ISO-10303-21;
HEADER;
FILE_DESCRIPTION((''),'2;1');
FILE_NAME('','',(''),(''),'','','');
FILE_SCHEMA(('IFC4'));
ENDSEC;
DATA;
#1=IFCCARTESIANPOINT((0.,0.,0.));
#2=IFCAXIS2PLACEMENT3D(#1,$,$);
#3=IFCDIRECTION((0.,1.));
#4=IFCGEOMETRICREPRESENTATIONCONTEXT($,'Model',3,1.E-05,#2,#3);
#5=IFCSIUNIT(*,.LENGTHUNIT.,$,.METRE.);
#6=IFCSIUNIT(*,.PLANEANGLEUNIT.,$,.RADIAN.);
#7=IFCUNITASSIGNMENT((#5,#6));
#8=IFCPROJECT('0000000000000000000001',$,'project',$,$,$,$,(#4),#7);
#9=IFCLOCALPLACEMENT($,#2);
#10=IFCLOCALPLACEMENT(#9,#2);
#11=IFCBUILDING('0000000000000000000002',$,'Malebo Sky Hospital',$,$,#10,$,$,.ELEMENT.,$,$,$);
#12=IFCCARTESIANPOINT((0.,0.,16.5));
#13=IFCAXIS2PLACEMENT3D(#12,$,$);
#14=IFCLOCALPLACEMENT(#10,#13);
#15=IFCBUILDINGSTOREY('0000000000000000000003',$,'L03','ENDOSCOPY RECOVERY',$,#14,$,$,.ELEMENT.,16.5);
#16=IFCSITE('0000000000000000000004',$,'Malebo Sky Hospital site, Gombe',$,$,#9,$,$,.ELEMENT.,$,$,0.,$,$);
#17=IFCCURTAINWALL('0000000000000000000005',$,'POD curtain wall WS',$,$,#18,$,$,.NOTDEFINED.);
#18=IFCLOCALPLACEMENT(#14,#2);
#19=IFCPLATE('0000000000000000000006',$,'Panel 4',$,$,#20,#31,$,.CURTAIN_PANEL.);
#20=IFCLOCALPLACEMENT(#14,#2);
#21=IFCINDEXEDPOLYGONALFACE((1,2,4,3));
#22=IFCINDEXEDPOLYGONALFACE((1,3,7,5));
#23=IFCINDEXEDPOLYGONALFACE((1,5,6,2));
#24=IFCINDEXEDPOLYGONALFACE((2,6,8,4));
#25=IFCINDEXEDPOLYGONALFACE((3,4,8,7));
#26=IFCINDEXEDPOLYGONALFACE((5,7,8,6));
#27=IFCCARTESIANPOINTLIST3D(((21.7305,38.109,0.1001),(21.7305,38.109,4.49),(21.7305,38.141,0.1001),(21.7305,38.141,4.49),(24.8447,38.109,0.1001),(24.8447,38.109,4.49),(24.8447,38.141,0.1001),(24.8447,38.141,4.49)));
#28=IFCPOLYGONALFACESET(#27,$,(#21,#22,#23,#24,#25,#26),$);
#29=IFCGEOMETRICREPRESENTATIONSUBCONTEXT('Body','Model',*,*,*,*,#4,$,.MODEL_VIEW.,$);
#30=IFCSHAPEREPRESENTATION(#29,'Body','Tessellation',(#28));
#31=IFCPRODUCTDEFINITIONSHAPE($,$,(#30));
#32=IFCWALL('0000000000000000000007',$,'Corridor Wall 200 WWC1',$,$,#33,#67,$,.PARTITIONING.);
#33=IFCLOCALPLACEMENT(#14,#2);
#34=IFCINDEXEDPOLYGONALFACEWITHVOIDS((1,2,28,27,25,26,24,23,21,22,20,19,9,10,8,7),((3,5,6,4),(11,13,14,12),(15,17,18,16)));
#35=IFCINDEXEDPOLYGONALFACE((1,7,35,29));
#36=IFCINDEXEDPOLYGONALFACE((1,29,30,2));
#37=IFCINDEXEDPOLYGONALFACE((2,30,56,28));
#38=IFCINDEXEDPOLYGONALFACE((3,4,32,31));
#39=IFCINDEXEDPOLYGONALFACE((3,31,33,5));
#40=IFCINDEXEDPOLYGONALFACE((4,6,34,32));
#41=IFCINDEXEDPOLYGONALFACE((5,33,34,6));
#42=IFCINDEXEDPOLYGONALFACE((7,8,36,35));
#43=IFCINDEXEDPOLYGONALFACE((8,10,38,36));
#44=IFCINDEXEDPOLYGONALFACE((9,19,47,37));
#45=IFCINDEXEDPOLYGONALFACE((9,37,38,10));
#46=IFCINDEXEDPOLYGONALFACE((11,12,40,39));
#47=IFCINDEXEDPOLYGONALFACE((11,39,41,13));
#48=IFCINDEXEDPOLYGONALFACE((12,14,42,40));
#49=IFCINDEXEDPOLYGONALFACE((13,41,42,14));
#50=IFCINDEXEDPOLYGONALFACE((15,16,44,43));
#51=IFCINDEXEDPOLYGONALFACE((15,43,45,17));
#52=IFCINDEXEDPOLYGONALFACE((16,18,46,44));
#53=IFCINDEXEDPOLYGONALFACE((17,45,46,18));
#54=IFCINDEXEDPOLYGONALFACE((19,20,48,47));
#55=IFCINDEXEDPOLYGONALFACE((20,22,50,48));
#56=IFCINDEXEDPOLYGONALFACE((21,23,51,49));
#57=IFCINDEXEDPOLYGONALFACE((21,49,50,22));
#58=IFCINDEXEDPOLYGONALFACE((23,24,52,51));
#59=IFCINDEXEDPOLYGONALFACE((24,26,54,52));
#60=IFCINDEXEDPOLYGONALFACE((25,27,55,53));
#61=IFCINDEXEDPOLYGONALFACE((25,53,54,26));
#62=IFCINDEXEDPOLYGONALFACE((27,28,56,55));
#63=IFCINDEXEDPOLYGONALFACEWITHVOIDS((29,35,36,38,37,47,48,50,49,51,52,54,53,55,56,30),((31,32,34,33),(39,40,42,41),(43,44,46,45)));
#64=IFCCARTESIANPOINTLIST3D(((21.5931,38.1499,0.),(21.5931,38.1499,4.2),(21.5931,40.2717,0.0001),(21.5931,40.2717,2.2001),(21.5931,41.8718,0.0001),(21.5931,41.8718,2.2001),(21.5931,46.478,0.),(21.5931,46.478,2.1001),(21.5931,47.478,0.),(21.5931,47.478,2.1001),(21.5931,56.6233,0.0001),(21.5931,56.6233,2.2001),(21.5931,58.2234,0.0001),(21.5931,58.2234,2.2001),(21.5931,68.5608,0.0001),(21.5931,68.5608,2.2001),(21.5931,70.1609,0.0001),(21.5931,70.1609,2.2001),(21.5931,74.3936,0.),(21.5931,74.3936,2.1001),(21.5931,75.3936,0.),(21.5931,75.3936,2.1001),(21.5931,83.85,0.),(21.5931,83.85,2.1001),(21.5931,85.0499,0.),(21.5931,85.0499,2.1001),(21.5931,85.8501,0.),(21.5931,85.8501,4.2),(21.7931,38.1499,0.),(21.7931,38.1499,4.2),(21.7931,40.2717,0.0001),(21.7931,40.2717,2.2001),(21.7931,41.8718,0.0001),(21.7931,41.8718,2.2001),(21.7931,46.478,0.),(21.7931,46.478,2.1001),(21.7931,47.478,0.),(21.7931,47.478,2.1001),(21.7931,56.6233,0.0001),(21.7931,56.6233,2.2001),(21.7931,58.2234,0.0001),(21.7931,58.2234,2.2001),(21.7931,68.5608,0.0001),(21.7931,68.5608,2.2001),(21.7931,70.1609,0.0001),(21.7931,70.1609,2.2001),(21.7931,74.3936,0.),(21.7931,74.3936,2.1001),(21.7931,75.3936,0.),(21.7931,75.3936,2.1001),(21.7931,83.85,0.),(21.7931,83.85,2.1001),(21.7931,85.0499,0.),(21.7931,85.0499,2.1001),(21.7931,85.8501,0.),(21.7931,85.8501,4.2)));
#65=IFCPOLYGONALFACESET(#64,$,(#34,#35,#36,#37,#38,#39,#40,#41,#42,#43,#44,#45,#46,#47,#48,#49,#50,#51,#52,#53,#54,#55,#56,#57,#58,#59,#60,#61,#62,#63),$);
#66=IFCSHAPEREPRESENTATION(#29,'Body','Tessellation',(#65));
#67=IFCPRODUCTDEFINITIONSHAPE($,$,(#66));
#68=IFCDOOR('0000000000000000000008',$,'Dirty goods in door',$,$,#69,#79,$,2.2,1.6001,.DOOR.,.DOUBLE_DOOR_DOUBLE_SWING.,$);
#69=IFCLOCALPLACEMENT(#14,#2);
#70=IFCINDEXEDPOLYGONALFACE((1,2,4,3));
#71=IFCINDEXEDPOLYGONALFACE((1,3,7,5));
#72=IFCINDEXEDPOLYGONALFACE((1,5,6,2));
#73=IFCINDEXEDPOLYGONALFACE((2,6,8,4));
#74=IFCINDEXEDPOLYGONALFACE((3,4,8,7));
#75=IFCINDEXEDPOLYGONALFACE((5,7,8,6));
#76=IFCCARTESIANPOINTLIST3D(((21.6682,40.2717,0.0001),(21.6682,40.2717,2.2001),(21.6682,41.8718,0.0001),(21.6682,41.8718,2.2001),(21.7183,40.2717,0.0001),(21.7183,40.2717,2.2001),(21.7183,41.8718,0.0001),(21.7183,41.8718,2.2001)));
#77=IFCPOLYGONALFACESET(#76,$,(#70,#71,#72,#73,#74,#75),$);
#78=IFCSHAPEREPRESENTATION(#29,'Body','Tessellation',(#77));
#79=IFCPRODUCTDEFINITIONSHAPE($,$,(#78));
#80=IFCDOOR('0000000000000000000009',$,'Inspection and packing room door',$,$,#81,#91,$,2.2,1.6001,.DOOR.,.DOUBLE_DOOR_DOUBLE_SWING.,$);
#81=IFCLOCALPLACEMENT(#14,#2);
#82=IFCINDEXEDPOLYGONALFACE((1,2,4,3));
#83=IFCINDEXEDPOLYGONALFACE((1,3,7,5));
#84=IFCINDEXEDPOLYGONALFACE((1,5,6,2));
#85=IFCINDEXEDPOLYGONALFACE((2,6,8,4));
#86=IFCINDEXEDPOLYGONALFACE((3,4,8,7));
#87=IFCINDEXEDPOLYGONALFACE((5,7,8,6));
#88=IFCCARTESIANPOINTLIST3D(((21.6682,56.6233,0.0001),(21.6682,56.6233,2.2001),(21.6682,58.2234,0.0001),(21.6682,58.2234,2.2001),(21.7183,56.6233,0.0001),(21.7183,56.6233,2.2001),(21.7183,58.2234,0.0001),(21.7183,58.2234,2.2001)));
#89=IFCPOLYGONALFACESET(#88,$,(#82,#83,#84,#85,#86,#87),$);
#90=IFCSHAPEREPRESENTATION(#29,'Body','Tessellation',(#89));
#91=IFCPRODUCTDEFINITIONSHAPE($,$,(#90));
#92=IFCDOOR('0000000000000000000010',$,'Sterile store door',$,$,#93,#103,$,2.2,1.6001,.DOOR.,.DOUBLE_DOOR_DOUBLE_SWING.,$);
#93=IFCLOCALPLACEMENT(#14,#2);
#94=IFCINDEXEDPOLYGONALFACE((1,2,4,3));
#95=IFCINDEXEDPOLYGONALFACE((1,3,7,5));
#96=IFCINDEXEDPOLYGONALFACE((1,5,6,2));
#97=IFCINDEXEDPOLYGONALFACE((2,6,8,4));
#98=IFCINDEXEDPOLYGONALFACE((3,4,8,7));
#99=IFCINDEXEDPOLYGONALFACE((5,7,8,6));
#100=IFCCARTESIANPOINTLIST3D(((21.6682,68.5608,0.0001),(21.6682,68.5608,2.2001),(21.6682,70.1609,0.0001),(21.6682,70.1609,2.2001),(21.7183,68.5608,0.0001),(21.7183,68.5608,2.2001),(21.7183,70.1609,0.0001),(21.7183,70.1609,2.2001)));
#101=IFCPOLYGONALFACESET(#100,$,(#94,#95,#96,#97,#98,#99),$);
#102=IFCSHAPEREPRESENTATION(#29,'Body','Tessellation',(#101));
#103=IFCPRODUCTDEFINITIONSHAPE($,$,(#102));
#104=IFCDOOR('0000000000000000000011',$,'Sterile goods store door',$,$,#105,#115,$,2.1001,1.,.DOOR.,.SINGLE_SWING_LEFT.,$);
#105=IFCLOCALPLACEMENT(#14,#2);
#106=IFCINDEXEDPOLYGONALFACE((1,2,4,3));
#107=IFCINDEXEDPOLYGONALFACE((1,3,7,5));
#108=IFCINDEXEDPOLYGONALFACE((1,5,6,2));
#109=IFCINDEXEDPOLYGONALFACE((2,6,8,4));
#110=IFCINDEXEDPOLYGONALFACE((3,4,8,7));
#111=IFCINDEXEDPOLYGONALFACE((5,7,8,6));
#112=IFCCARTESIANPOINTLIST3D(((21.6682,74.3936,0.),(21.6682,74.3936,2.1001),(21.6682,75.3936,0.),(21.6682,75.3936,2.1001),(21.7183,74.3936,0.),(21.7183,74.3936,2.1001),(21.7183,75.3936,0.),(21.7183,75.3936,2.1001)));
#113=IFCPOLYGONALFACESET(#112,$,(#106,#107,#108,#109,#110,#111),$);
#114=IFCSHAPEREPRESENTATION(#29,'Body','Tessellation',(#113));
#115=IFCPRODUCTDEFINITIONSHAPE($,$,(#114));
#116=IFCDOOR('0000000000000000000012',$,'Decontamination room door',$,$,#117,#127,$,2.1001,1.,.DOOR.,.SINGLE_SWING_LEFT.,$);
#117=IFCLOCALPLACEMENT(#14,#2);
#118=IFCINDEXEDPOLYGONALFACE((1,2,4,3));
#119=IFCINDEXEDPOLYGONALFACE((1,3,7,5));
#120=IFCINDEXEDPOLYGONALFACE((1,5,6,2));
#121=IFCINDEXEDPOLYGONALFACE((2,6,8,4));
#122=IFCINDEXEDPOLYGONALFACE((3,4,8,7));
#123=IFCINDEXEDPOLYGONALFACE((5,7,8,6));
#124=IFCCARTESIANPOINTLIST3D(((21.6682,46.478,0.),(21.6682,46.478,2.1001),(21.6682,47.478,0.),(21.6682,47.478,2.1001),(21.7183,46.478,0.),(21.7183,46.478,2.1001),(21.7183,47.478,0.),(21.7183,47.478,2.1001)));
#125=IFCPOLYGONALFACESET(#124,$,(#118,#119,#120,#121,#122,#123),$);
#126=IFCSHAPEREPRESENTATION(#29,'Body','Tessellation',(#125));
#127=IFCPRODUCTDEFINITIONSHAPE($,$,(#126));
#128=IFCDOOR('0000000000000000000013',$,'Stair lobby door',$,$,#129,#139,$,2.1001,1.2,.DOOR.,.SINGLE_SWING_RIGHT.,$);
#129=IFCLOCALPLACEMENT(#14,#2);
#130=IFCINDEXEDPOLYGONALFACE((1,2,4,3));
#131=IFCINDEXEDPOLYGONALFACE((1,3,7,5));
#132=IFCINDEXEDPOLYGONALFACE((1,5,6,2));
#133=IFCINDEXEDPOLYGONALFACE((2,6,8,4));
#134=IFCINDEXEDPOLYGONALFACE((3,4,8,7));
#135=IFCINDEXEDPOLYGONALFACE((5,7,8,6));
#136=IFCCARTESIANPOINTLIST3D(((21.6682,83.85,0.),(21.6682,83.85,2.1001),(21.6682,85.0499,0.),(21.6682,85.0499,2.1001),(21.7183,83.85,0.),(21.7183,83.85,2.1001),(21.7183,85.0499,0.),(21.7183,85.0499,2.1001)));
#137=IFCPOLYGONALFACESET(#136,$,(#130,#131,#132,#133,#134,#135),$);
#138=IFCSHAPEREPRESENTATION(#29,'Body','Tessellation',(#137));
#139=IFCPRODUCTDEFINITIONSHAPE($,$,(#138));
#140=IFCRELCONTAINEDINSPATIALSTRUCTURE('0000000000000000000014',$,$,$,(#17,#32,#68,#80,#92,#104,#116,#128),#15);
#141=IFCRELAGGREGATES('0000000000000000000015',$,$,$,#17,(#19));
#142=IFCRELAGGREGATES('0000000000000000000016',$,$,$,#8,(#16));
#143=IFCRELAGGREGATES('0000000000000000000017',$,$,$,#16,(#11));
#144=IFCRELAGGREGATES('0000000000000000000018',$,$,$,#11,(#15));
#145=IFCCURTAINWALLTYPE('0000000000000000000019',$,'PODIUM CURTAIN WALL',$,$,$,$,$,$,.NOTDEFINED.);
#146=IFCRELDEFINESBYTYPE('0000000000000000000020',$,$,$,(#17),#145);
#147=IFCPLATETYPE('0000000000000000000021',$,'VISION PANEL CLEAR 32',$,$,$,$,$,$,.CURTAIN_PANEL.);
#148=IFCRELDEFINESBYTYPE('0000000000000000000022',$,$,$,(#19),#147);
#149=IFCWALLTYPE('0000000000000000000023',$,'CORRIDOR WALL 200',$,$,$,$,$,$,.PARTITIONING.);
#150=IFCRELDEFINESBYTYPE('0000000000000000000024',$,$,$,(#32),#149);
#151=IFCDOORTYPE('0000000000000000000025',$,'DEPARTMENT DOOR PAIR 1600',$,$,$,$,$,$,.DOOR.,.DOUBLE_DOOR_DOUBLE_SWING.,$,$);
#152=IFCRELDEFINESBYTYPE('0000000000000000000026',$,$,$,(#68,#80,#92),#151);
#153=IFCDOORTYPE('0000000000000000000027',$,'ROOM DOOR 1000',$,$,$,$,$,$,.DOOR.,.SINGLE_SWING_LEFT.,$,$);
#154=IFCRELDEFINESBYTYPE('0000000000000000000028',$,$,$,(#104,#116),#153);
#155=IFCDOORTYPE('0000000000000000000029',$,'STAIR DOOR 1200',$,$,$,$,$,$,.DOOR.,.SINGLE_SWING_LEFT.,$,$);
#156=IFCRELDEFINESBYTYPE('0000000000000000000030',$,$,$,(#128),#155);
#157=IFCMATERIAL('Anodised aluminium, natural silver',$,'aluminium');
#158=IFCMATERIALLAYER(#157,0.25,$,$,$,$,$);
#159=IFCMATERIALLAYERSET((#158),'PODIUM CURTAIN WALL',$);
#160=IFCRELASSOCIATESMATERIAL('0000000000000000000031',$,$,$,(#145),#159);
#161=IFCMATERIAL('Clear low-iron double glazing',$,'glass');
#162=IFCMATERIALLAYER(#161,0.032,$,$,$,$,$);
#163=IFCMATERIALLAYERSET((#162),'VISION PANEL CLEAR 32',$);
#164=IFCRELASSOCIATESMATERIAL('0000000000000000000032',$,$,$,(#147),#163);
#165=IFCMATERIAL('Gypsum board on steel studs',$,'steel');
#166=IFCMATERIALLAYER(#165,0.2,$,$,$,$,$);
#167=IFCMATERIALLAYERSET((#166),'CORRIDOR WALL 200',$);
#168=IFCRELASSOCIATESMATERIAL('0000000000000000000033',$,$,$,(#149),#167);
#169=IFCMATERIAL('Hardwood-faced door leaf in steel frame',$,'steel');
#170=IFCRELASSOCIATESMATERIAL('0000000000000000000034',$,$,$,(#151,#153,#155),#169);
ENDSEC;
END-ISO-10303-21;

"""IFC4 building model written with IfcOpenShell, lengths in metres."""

from ifc_helpers import new_model, si_unit, direction, frame, frame_2d, origin, origin_2d, place, context, subcontext, project, spatial, rectangle, extrude, material, layer, layer_set, type_object, element, fill, aggregate, save


model = new_model("IFC4")

# Units and contexts
model_context = context("Model", 3, precision=1e-05, world=origin(), true_north=direction((0.0, 1.0)))
body_context = subcontext(model_context, "Body", "Model", "MODEL_VIEW")
ifc_project = project(units=[si_unit("LENGTHUNIT", "METRE"), si_unit("PLANEANGLEUNIT", "RADIAN")], contexts=[model_context])

# Site, building, storey
site_placement = place(None, origin())
site = spatial("IfcSite", under=ifc_project, at=site_placement, Name="Malebo Sky Hospital site, Gombe", CompositionType="ELEMENT", RefElevation=0.0)
building_placement = place(site_placement, origin())
building = spatial("IfcBuilding", under=site, at=building_placement, Name="Malebo Sky Hospital", CompositionType="ELEMENT")
storey_placement = place(building_placement, frame((0.0, 0.0, 16.5)))
storey = spatial("IfcBuildingStorey", under=building, at=storey_placement, Name="L03", Description="ENDOSCOPY RECOVERY", CompositionType="ELEMENT", Elevation=16.5)

# Curtain wall
ifc_material_1 = material(Name="Anodised aluminium, natural silver", Category="aluminium")
ifc_layer_1 = layer(ifc_material_1, 0.25)
ifc_layer_set_1 = layer_set([ifc_layer_1], Name="PODIUM CURTAIN WALL")
curtain_wall_type = type_object("IfcCurtainWallType", Name="PODIUM CURTAIN WALL", PredefinedType="NOTDEFINED", material=ifc_layer_set_1)
curtain_wall_1_placement = place(storey_placement, origin())
curtain_wall_1 = element("IfcCurtainWall", 1, at=curtain_wall_1_placement, inside=storey, type_object=curtain_wall_type, Name="POD curtain wall WS", PredefinedType="NOTDEFINED")

# Plate
ifc_material_2 = material(Name="Clear low-iron double glazing", Category="glass")
ifc_layer_2 = layer(ifc_material_2, 0.032)
ifc_layer_set_2 = layer_set([ifc_layer_2], Name="VISION PANEL CLEAR 32")
plate_type = type_object("IfcPlateType", Name="VISION PANEL CLEAR 32", PredefinedType="CURTAIN_PANEL", material=ifc_layer_set_2)
plate_1_placement = place(storey_placement, frame((23.2876, 38.125, 0.1001), z_axis=(0.0, 0.0, 1.0), x_axis=(1.0, 0.0, 0.0)))
plate_1 = element("IfcPlate", 2, at=plate_1_placement, type_object=plate_type, Name="Panel 4", PredefinedType="CURTAIN_PANEL", context=body_context, shape_type="SweptSolid", body=[
    extrude(rectangle(XDim=3.1143, YDim=0.032, at=origin_2d()), origin(), (0.0, 0.0, 1.0), 4.3899),
])
aggregate(curtain_wall_1, [plate_1])

# Wall, openings, doors
ifc_material_3 = material(Name="Gypsum board on steel studs", Category="steel")
ifc_layer_3 = layer(ifc_material_3, 0.2)
ifc_layer_set_3 = layer_set([ifc_layer_3], Name="CORRIDOR WALL 200")
wall_type = type_object("IfcWallType", Name="CORRIDOR WALL 200", PredefinedType="PARTITIONING", material=ifc_layer_set_3)
wall_placement = place(storey_placement, frame((21.6931, 38.1499, 0.0), z_axis=(0.0, 0.0, 1.0), x_axis=(0.0, 1.0, 0.0)))
wall = element("IfcWall", 3, at=wall_placement, inside=storey, type_object=wall_type, Name="Corridor Wall 200 WWC1", PredefinedType="PARTITIONING", context=body_context, shape_type="SweptSolid", body=[
    extrude(rectangle(XDim=47.7002, YDim=0.2, at=frame_2d((23.8501, 0.0))), origin(), (0.0, 0.0, 1.0), 4.2),
])
opening_1_placement = place(wall_placement, frame((45.7, 0.0, 0.0)))
opening_1 = element("IfcOpeningElement", 4, at=opening_1_placement, cuts=wall, PredefinedType="OPENING", context=body_context, shape_type="SweptSolid", body=[
    extrude(rectangle(XDim=1.2, YDim=2.1001, at=frame_2d((0.6001, 1.05))), frame((0.0, 0.1099, 0.0), z_axis=(0.0, -1.0, 0.0), x_axis=(1.0, 0.0, 0.0)), (0.0, 0.0, 1.0), 0.22),
])
opening_2_placement = place(wall_placement, frame((36.2437, 0.0, 0.0)))
opening_2 = element("IfcOpeningElement", 5, at=opening_2_placement, cuts=wall, PredefinedType="OPENING", context=body_context, shape_type="SweptSolid", body=[
    extrude(rectangle(XDim=1.0, YDim=2.1001, at=frame_2d((0.5, 1.05))), frame((0.0, 0.1099, 0.0), z_axis=(0.0, -1.0, 0.0), x_axis=(1.0, 0.0, 0.0)), (0.0, 0.0, 1.0), 0.22),
])
opening_3_placement = place(wall_placement, frame((2.1218, 0.0, 0.0)))
opening_3 = element("IfcOpeningElement", 6, at=opening_3_placement, cuts=wall, PredefinedType="OPENING", context=body_context, shape_type="SweptSolid", body=[
    extrude(rectangle(XDim=1.6001, YDim=2.2, at=frame_2d((0.8, 1.1001))), frame((0.0, 0.1099, 0.0), z_axis=(0.0, -1.0, 0.0), x_axis=(1.0, 0.0, 0.0)), (0.0, 0.0, 1.0), 0.22),
])
opening_4_placement = place(wall_placement, frame((8.3281, 0.0, 0.0)))
opening_4 = element("IfcOpeningElement", 7, at=opening_4_placement, cuts=wall, PredefinedType="OPENING", context=body_context, shape_type="SweptSolid", body=[
    extrude(rectangle(XDim=1.0, YDim=2.1001, at=frame_2d((0.5, 1.05))), frame((0.0, 0.1099, 0.0), z_axis=(0.0, -1.0, 0.0), x_axis=(1.0, 0.0, 0.0)), (0.0, 0.0, 1.0), 0.22),
])
opening_5_placement = place(wall_placement, frame((18.4734, 0.0, 0.0)))
opening_5 = element("IfcOpeningElement", 8, at=opening_5_placement, cuts=wall, PredefinedType="OPENING", context=body_context, shape_type="SweptSolid", body=[
    extrude(rectangle(XDim=1.6001, YDim=2.2, at=frame_2d((0.8, 1.1001))), frame((0.0, 0.1099, 0.0), z_axis=(0.0, -1.0, 0.0), x_axis=(1.0, 0.0, 0.0)), (0.0, 0.0, 1.0), 0.22),
])
opening_6_placement = place(wall_placement, frame((30.4109, 0.0, 0.0)))
opening_6 = element("IfcOpeningElement", 9, at=opening_6_placement, cuts=wall, PredefinedType="OPENING", context=body_context, shape_type="SweptSolid", body=[
    extrude(rectangle(XDim=1.6001, YDim=2.2, at=frame_2d((0.8, 1.1001))), frame((0.0, 0.1099, 0.0), z_axis=(0.0, -1.0, 0.0), x_axis=(1.0, 0.0, 0.0)), (0.0, 0.0, 1.0), 0.22),
])
ifc_material_4 = material(Name="Hardwood-faced door leaf in steel frame", Category="steel")
door_type_1 = type_object("IfcDoorType", Name="DEPARTMENT DOOR PAIR 1600", OperationType="DOUBLE_DOOR_DOUBLE_SWING", PredefinedType="DOOR", material=ifc_material_4)
door_1_placement = place(opening_3_placement, origin())
door_1 = element("IfcDoor", 10, at=door_1_placement, inside=storey, type_object=door_type_1, Name="Dirty goods in door", OperationType="DOUBLE_DOOR_DOUBLE_SWING", OverallHeight=2.2, OverallWidth=1.6001, PredefinedType="DOOR", context=body_context, shape_type="SweptSolid", body=[
    extrude(rectangle(XDim=1.6001, YDim=2.2, at=frame_2d((0.8, 1.1001))), frame((0.0, 0.0249, 0.0), z_axis=(0.0, -1.0, 0.0), x_axis=(1.0, 0.0, 0.0)), (0.0, 0.0, 1.0), 0.05),
])
fill(opening_3, door_1)
door_2_placement = place(opening_5_placement, origin())
door_2 = element("IfcDoor", 11, at=door_2_placement, inside=storey, type_object=door_type_1, Name="Inspection and packing room door", OperationType="DOUBLE_DOOR_DOUBLE_SWING", OverallHeight=2.2, OverallWidth=1.6001, PredefinedType="DOOR", context=body_context, shape_type="SweptSolid", body=[
    extrude(rectangle(XDim=1.6001, YDim=2.2, at=frame_2d((0.8, 1.1001))), frame((0.0, 0.0249, 0.0), z_axis=(0.0, -1.0, 0.0), x_axis=(1.0, 0.0, 0.0)), (0.0, 0.0, 1.0), 0.05),
])
fill(opening_5, door_2)
door_3_placement = place(opening_6_placement, origin())
door_3 = element("IfcDoor", 12, at=door_3_placement, inside=storey, type_object=door_type_1, Name="Sterile store door", OperationType="DOUBLE_DOOR_DOUBLE_SWING", OverallHeight=2.2, OverallWidth=1.6001, PredefinedType="DOOR", context=body_context, shape_type="SweptSolid", body=[
    extrude(rectangle(XDim=1.6001, YDim=2.2, at=frame_2d((0.8, 1.1001))), frame((0.0, 0.0249, 0.0), z_axis=(0.0, -1.0, 0.0), x_axis=(1.0, 0.0, 0.0)), (0.0, 0.0, 1.0), 0.05),
])
fill(opening_6, door_3)
door_type_2 = type_object("IfcDoorType", Name="ROOM DOOR 1000", OperationType="SINGLE_SWING_LEFT", PredefinedType="DOOR", material=ifc_material_4)
door_4_placement = place(opening_2_placement, origin())
door_4 = element("IfcDoor", 13, at=door_4_placement, inside=storey, type_object=door_type_2, Name="Sterile goods store door", OperationType="SINGLE_SWING_LEFT", OverallHeight=2.1001, OverallWidth=1.0, PredefinedType="DOOR", context=body_context, shape_type="SweptSolid", body=[
    extrude(rectangle(XDim=1.0, YDim=2.1001, at=frame_2d((0.5, 1.05))), frame((0.0, 0.0249, 0.0), z_axis=(0.0, -1.0, 0.0), x_axis=(1.0, 0.0, 0.0)), (0.0, 0.0, 1.0), 0.05),
])
fill(opening_2, door_4)
door_5_placement = place(opening_4_placement, origin())
door_5 = element("IfcDoor", 14, at=door_5_placement, inside=storey, type_object=door_type_2, Name="Decontamination room door", OperationType="SINGLE_SWING_LEFT", OverallHeight=2.1001, OverallWidth=1.0, PredefinedType="DOOR", context=body_context, shape_type="SweptSolid", body=[
    extrude(rectangle(XDim=1.0, YDim=2.1001, at=frame_2d((0.5, 1.05))), frame((0.0, 0.0249, 0.0), z_axis=(0.0, -1.0, 0.0), x_axis=(1.0, 0.0, 0.0)), (0.0, 0.0, 1.0), 0.05),
])
fill(opening_4, door_5)
door_type_3 = type_object("IfcDoorType", Name="STAIR DOOR 1200", OperationType="SINGLE_SWING_LEFT", PredefinedType="DOOR", material=ifc_material_4)
door_6_placement = place(opening_1_placement, origin())
door_6 = element("IfcDoor", 15, at=door_6_placement, inside=storey, type_object=door_type_3, Name="Stair lobby door", OperationType="SINGLE_SWING_RIGHT", OverallHeight=2.1001, OverallWidth=1.2, PredefinedType="DOOR", context=body_context, shape_type="SweptSolid", body=[
    extrude(rectangle(XDim=1.2, YDim=2.1001, at=frame_2d((0.6001, 1.05))), frame((0.0, 0.0249, 0.0), z_axis=(0.0, -1.0, 0.0), x_axis=(1.0, 0.0, 0.0)), (0.0, 0.0, 1.0), 0.05),
])
fill(opening_1, door_6)

save(model, "model.ifc")
